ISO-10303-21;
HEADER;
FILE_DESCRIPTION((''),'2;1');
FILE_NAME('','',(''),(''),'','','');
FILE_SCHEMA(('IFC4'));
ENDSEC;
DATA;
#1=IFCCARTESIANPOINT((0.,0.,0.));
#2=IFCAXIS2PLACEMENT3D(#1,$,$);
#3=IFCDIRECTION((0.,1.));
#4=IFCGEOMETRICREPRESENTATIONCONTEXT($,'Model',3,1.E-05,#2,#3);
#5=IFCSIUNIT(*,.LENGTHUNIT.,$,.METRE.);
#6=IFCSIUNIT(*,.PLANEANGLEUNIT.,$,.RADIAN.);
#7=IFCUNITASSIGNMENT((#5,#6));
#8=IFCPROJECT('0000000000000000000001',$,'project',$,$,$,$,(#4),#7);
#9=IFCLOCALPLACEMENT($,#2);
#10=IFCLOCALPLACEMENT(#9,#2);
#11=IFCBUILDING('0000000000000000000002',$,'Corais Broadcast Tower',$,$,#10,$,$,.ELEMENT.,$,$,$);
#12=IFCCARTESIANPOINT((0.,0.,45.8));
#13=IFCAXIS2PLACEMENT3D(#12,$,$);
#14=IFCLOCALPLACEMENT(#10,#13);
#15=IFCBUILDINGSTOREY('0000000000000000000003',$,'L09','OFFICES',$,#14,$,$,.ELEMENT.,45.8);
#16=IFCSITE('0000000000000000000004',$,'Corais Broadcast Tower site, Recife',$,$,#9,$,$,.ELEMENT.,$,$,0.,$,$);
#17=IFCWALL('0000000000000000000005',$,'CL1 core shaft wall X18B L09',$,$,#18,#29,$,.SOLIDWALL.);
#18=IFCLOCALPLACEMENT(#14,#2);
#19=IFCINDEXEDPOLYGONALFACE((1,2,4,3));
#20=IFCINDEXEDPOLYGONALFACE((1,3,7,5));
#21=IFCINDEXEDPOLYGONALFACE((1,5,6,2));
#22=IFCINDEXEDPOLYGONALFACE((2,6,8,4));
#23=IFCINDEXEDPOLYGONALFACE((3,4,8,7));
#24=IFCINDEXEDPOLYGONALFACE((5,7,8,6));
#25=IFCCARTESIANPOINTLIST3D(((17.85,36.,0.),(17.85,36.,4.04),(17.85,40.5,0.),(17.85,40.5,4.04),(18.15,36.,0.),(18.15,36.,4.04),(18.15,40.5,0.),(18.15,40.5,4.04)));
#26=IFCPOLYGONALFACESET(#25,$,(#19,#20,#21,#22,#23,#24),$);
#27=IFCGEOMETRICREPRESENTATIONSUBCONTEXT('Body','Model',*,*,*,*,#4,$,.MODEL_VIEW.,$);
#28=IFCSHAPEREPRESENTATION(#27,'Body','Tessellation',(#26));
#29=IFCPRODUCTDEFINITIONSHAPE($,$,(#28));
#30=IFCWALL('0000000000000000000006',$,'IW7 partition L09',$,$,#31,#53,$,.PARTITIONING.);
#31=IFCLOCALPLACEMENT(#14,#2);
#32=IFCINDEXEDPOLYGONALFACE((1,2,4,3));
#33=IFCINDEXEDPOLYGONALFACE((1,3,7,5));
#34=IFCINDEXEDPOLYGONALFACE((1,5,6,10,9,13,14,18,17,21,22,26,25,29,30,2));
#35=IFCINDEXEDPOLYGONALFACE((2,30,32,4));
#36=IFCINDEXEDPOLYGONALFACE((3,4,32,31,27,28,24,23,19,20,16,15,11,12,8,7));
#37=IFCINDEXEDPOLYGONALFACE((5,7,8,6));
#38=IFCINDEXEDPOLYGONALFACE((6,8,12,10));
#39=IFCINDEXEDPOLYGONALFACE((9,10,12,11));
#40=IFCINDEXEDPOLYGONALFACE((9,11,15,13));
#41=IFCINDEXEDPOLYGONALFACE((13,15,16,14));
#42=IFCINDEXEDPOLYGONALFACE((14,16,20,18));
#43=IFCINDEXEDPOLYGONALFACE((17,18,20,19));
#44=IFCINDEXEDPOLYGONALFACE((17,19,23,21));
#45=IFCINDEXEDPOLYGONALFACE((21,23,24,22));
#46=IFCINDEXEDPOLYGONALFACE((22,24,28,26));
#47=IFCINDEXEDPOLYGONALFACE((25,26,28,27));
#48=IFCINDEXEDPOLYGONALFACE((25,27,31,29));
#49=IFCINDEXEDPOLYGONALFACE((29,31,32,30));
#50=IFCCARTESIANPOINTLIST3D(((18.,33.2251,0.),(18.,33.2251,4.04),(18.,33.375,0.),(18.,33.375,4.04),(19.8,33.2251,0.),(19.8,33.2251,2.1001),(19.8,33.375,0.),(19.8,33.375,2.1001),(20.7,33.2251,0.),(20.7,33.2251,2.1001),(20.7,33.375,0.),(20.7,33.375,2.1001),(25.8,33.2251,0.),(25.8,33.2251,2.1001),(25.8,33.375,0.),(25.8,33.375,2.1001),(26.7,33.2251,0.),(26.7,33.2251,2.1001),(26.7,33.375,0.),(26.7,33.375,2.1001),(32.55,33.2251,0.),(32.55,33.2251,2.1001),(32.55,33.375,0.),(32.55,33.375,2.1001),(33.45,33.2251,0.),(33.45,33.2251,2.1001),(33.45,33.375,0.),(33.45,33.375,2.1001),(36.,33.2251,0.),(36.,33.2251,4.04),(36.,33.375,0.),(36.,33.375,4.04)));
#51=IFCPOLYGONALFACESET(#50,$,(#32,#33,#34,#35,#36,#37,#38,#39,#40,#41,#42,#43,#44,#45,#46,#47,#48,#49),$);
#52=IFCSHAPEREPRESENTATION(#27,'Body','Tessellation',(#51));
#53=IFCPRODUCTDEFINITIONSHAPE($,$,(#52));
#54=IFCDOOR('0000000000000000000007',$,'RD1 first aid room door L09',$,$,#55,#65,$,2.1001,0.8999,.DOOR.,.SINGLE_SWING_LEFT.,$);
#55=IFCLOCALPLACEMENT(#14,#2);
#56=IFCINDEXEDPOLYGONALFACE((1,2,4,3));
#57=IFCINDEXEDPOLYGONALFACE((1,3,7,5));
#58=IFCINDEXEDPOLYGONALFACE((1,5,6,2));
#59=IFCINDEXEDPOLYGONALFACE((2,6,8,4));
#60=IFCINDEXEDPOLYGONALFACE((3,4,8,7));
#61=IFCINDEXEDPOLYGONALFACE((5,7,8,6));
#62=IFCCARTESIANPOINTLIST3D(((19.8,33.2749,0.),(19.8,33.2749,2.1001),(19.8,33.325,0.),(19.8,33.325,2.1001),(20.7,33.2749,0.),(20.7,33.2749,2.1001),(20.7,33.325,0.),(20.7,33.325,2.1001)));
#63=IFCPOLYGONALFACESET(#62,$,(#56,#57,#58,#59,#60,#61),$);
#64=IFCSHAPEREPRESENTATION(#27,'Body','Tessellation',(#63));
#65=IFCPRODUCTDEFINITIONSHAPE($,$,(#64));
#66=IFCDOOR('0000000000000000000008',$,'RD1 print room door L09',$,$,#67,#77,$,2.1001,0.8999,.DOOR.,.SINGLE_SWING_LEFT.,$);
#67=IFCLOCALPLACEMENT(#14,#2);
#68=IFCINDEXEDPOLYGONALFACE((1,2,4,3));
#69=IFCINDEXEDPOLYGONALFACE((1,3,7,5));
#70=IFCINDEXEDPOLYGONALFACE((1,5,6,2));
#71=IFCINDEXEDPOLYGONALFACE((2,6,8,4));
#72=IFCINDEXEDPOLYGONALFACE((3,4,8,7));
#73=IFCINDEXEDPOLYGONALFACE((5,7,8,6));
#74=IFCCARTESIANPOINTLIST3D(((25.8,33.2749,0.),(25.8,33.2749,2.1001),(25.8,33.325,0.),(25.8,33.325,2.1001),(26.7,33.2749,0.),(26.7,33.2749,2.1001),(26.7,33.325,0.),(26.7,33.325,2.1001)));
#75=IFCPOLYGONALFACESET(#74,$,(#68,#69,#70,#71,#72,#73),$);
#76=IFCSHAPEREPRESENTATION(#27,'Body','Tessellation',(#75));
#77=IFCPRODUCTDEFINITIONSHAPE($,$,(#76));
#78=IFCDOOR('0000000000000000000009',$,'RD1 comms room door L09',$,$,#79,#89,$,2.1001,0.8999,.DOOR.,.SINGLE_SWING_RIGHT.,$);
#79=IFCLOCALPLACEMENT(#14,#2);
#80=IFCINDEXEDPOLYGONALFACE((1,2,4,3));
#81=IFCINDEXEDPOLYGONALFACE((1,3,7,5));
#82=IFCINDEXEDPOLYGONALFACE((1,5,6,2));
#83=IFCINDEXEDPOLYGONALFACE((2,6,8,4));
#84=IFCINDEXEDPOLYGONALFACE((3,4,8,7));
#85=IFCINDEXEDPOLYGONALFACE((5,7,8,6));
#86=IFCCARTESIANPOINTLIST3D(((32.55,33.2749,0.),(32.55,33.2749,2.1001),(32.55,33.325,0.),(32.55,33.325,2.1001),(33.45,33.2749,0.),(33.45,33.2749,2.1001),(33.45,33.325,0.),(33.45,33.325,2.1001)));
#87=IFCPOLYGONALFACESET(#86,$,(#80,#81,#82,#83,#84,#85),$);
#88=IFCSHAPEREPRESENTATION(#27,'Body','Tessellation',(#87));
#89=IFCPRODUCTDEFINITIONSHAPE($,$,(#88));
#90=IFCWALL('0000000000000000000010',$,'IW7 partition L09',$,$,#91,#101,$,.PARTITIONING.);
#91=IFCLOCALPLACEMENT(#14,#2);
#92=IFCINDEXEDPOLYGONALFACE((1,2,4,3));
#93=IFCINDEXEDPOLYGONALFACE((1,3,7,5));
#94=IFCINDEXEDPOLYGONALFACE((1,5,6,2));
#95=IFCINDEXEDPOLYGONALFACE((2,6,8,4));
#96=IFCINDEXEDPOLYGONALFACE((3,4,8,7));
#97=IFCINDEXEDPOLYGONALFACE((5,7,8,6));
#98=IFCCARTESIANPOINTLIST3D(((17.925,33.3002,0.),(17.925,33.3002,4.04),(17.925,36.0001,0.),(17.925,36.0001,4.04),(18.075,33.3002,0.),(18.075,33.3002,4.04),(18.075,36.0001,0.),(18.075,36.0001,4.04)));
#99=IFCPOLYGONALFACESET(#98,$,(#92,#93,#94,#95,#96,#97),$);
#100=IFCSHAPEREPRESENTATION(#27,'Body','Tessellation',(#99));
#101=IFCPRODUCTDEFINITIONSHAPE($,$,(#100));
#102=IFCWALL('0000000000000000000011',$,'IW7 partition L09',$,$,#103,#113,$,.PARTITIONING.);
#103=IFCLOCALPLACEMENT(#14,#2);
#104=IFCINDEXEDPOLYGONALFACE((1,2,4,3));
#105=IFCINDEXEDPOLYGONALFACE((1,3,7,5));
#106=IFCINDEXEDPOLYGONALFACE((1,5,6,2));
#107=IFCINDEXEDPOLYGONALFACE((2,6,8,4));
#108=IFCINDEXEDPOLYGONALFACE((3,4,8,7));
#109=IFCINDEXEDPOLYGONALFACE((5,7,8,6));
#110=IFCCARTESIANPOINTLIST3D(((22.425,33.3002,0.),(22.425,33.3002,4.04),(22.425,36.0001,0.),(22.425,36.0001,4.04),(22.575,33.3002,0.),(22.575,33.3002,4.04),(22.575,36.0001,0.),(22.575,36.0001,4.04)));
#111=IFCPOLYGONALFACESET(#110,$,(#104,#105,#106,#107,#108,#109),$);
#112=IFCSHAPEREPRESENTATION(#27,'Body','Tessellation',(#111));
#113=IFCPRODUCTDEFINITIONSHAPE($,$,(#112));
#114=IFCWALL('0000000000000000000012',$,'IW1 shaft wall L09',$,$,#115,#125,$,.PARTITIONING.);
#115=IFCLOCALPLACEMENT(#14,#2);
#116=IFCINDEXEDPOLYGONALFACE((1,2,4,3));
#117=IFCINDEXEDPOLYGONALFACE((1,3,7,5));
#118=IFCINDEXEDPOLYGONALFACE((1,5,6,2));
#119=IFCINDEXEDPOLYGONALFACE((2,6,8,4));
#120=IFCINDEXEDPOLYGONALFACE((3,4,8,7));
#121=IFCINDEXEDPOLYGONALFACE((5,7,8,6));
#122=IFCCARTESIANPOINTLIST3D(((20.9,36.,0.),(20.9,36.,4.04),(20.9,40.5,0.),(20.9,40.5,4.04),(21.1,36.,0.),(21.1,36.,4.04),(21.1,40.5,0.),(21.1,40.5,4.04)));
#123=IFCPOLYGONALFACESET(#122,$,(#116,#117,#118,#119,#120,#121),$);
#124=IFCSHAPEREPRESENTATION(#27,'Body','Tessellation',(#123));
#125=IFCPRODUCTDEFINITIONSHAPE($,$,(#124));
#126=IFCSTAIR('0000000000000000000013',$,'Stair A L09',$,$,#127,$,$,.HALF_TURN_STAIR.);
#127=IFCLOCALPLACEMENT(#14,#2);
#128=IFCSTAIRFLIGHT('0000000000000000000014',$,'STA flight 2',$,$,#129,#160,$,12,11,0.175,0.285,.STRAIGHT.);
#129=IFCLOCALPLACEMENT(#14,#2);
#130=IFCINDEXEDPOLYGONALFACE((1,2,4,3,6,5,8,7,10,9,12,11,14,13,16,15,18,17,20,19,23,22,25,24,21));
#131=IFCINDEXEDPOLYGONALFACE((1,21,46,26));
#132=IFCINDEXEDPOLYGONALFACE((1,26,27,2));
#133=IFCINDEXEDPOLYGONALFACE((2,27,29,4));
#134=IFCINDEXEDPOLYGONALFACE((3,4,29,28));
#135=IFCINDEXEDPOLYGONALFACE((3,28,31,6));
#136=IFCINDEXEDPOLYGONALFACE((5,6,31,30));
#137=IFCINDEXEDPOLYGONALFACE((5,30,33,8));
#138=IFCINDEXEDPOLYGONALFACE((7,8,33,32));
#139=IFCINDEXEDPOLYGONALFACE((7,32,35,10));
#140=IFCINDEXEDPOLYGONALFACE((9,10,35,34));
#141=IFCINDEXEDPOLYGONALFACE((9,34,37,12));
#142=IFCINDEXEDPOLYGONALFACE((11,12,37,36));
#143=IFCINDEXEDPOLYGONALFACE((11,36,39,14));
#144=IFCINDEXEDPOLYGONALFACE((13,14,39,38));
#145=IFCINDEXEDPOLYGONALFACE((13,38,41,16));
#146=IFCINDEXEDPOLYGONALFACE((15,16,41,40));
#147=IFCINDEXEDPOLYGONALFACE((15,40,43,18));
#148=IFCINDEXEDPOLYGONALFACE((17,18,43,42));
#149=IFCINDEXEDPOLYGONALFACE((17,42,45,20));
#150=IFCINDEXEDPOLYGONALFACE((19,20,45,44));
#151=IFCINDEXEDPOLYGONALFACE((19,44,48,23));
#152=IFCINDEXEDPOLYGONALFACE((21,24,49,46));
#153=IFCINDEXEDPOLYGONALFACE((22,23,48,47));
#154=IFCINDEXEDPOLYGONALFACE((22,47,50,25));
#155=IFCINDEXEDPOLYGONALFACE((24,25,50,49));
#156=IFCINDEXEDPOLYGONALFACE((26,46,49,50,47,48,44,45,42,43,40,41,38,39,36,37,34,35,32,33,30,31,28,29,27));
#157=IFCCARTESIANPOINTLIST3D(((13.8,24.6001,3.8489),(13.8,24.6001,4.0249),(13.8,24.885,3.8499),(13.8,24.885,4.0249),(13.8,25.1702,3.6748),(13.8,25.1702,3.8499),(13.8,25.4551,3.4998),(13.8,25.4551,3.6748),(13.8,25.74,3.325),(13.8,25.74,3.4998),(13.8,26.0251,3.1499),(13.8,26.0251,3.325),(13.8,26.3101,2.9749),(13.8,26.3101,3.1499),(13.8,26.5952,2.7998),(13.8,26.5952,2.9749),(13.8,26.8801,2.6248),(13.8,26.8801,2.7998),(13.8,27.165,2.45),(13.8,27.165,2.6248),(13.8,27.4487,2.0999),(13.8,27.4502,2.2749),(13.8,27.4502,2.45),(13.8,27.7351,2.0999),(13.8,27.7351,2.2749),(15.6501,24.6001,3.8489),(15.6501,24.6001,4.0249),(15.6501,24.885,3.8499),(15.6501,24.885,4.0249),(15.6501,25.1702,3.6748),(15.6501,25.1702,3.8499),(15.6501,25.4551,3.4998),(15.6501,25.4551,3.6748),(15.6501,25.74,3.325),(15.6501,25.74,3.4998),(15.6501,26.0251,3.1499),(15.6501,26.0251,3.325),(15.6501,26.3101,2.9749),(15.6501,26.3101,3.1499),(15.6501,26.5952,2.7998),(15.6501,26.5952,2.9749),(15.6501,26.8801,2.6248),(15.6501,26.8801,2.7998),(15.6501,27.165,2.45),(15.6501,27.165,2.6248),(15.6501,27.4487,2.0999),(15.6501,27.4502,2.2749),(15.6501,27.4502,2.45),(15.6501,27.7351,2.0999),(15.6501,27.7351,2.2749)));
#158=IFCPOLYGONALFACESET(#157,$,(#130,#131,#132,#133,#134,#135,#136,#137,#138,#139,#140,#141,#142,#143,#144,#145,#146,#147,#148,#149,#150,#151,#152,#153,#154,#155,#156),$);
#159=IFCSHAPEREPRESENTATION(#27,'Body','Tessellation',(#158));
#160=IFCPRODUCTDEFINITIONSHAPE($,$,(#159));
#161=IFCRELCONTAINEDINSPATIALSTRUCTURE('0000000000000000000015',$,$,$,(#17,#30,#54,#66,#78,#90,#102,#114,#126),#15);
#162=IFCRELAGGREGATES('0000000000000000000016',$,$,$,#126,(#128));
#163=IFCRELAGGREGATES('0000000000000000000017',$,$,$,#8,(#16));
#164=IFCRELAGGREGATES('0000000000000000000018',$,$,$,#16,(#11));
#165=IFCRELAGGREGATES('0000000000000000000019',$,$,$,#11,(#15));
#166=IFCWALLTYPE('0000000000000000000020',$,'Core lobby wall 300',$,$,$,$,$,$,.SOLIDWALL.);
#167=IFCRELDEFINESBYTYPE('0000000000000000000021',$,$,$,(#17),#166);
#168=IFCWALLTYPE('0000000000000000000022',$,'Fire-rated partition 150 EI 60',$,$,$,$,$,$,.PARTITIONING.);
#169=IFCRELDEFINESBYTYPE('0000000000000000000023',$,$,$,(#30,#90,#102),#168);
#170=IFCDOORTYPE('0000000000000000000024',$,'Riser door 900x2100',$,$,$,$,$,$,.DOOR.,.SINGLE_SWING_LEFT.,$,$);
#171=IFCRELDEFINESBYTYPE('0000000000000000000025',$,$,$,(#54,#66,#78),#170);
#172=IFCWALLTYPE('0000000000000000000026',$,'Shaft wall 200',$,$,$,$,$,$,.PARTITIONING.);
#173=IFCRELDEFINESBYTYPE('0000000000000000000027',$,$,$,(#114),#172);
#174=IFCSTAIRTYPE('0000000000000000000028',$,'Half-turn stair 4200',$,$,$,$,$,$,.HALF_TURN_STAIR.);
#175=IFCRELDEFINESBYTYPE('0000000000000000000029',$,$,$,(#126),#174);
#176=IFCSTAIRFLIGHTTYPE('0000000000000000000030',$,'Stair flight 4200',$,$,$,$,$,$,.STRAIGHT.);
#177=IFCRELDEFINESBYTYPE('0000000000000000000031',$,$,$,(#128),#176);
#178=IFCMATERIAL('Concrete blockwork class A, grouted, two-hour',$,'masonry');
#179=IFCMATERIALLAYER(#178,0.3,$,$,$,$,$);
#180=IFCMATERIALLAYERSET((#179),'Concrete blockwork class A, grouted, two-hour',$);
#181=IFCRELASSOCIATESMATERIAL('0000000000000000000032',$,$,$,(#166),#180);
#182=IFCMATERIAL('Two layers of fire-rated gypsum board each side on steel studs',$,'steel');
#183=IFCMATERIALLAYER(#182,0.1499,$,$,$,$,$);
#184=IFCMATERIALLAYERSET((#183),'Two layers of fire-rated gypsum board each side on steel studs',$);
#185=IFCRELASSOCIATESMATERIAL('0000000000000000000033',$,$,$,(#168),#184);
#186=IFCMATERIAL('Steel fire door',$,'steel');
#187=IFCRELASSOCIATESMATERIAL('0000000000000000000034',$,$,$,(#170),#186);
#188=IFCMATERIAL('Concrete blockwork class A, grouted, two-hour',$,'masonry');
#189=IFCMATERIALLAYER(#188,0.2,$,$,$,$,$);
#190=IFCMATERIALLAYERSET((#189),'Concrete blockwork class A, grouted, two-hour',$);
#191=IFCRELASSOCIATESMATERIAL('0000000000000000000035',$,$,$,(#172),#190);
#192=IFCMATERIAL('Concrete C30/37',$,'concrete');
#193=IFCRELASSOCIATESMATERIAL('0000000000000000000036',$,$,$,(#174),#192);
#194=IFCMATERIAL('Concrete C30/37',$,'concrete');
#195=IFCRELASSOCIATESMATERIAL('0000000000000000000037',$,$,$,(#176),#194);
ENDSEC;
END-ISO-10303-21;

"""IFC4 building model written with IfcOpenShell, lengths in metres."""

from ifc_helpers import new_model, si_unit, direction, frame, frame_2d, origin, place, context, subcontext, project, spatial, polyline, rectangle, outline, extrude, material, layer, layer_set, type_object, element, fill, aggregate, save


model = new_model("IFC4")

# Units and contexts
model_context = context("Model", 3, precision=1e-05, world=origin(), true_north=direction((0.0, 1.0)))
body_context = subcontext(model_context, "Body", "Model", "MODEL_VIEW")
ifc_project = project(units=[si_unit("LENGTHUNIT", "METRE"), si_unit("PLANEANGLEUNIT", "RADIAN")], contexts=[model_context])

# Site, building, storey
site_placement = place(None, origin())
site = spatial("IfcSite", under=ifc_project, at=site_placement, Name="Corais Broadcast Tower site, Recife", CompositionType="ELEMENT", RefElevation=0.0)
building_placement = place(site_placement, origin())
building = spatial("IfcBuilding", under=site, at=building_placement, Name="Corais Broadcast Tower", CompositionType="ELEMENT")
storey_placement = place(building_placement, frame((0.0, 0.0, 45.8)))
storey = spatial("IfcBuildingStorey", under=building, at=storey_placement, Name="L09", Description="OFFICES", CompositionType="ELEMENT", Elevation=45.8)

# Wall
ifc_material_1 = material(Name="Concrete blockwork class A, grouted, two-hour", Category="masonry")
ifc_layer_1 = layer(ifc_material_1, 0.3)
ifc_layer_set_1 = layer_set([ifc_layer_1], Name="Concrete blockwork class A, grouted, two-hour")
wall_type_1 = type_object("IfcWallType", Name="Core lobby wall 300", PredefinedType="SOLIDWALL", material=ifc_layer_set_1)
wall_1_placement = place(storey_placement, frame((18.0, 36.0, 0.0), z_axis=(0.0, 0.0, 1.0), x_axis=(0.0, 1.0, 0.0)))
element("IfcWall", 1, at=wall_1_placement, inside=storey, type_object=wall_type_1, Name="CL1 core shaft wall X18B L09", PredefinedType="SOLIDWALL", context=body_context, shape_type="SweptSolid", body=[
    extrude(rectangle(XDim=4.5, YDim=0.3, at=frame_2d((2.25, 0.0))), origin(), (0.0, 0.0, 1.0), 4.04),
])

# Wall, openings, doors
ifc_material_2 = material(Name="Two layers of fire-rated gypsum board each side on steel studs", Category="steel")
ifc_layer_2 = layer(ifc_material_2, 0.1499)
ifc_layer_set_2 = layer_set([ifc_layer_2], Name="Two layers of fire-rated gypsum board each side on steel studs")
wall_type_2 = type_object("IfcWallType", Name="Fire-rated partition 150 EI 60", PredefinedType="PARTITIONING", material=ifc_layer_set_2)
wall_2_placement = place(storey_placement, frame((18.0, 33.3, 0.0), z_axis=(0.0, 0.0, 1.0), x_axis=(1.0, 0.0, 0.0)))
wall_2 = element("IfcWall", 2, at=wall_2_placement, inside=storey, type_object=wall_type_2, Name="IW7 partition L09", PredefinedType="PARTITIONING", context=body_context, shape_type="SweptSolid", body=[
    extrude(rectangle(XDim=18.0, YDim=0.1499, at=frame_2d((9.0, 0.0))), origin(), (0.0, 0.0, 1.0), 4.04),
])
opening_1_placement = place(wall_2_placement, frame((1.8, 0.0, 0.0)))
opening_1 = element("IfcOpeningElement", 3, at=opening_1_placement, cuts=wall_2, PredefinedType="OPENING", context=body_context, shape_type="SweptSolid", body=[
    extrude(rectangle(XDim=0.8999, YDim=2.1001, at=frame_2d((0.45, 1.05))), frame((0.0, 0.085, 0.0), z_axis=(0.0, -1.0, 0.0), x_axis=(1.0, 0.0, 0.0)), (0.0, 0.0, 1.0), 0.1699),
])
opening_2_placement = place(wall_2_placement, frame((7.8, 0.0, 0.0)))
opening_2 = element("IfcOpeningElement", 4, at=opening_2_placement, cuts=wall_2, PredefinedType="OPENING", context=body_context, shape_type="SweptSolid", body=[
    extrude(rectangle(XDim=0.8999, YDim=2.1001, at=frame_2d((0.45, 1.05))), frame((0.0, 0.085, 0.0), z_axis=(0.0, -1.0, 0.0), x_axis=(1.0, 0.0, 0.0)), (0.0, 0.0, 1.0), 0.1699),
])
opening_3_placement = place(wall_2_placement, frame((14.55, 0.0, 0.0)))
opening_3 = element("IfcOpeningElement", 5, at=opening_3_placement, cuts=wall_2, PredefinedType="OPENING", context=body_context, shape_type="SweptSolid", body=[
    extrude(rectangle(XDim=0.8999, YDim=2.1001, at=frame_2d((0.45, 1.05))), frame((0.0, 0.085, 0.0), z_axis=(0.0, -1.0, 0.0), x_axis=(1.0, 0.0, 0.0)), (0.0, 0.0, 1.0), 0.1699),
])
ifc_material_3 = material(Name="Steel fire door", Category="steel")
door_type = type_object("IfcDoorType", Name="Riser door 900x2100", OperationType="SINGLE_SWING_LEFT", PredefinedType="DOOR", material=ifc_material_3)
door_1_placement = place(opening_1_placement, origin())
door_1 = element("IfcDoor", 6, at=door_1_placement, inside=storey, type_object=door_type, Name="RD1 first aid room door L09", OperationType="SINGLE_SWING_LEFT", OverallHeight=2.1001, OverallWidth=0.8999, PredefinedType="DOOR", context=body_context, shape_type="SweptSolid", body=[
    extrude(rectangle(XDim=0.8999, YDim=2.1001, at=frame_2d((0.45, 1.05))), frame((0.0, 0.0249, 0.0), z_axis=(0.0, -1.0, 0.0), x_axis=(1.0, 0.0, 0.0)), (0.0, 0.0, 1.0), 0.05),
])
fill(opening_1, door_1)
door_2_placement = place(opening_2_placement, origin())
door_2 = element("IfcDoor", 7, at=door_2_placement, inside=storey, type_object=door_type, Name="RD1 print room door L09", OperationType="SINGLE_SWING_LEFT", OverallHeight=2.1001, OverallWidth=0.8999, PredefinedType="DOOR", context=body_context, shape_type="SweptSolid", body=[
    extrude(rectangle(XDim=0.8999, YDim=2.1001, at=frame_2d((0.45, 1.05))), frame((0.0, 0.0249, 0.0), z_axis=(0.0, -1.0, 0.0), x_axis=(1.0, 0.0, 0.0)), (0.0, 0.0, 1.0), 0.05),
])
fill(opening_2, door_2)
door_3_placement = place(opening_3_placement, origin())
door_3 = element("IfcDoor", 8, at=door_3_placement, inside=storey, type_object=door_type, Name="RD1 comms room door L09", OperationType="SINGLE_SWING_RIGHT", OverallHeight=2.1001, OverallWidth=0.8999, PredefinedType="DOOR", context=body_context, shape_type="SweptSolid", body=[
    extrude(rectangle(XDim=0.8999, YDim=2.1001, at=frame_2d((0.45, 1.05))), frame((0.0, 0.0249, 0.0), z_axis=(0.0, -1.0, 0.0), x_axis=(1.0, 0.0, 0.0)), (0.0, 0.0, 1.0), 0.05),
])
fill(opening_3, door_3)

# Walls
for number, where, z_axis, x_axis, name in (
    (9, (18.0, 33.3, 0.0), (0.0, 0.0, 1.0), (0.0, 1.0, 0.0), "IW7 partition L09"),
    (10, (22.5, 33.3, 0.0), (0.0, 0.0, 1.0), (0.0, 1.0, 0.0), "IW7 partition L09"),
):
    element("IfcWall", number, at=place(storey_placement, frame(where, z_axis=z_axis, x_axis=x_axis)), inside=storey, type_object=wall_type_2, Name=name, PredefinedType="PARTITIONING", context=body_context, shape_type="SweptSolid", body=[
        extrude(rectangle(XDim=2.7, YDim=0.1499, at=frame_2d((1.3501, 0.0))), origin(), (0.0, 0.0, 1.0), 4.04),
    ])
ifc_material_4 = material(Name="Concrete blockwork class A, grouted, two-hour", Category="masonry")
ifc_layer_3 = layer(ifc_material_4, 0.2)
ifc_layer_set_3 = layer_set([ifc_layer_3], Name="Concrete blockwork class A, grouted, two-hour")
wall_type_3 = type_object("IfcWallType", Name="Shaft wall 200", PredefinedType="PARTITIONING", material=ifc_layer_set_3)
wall_3_placement = place(storey_placement, frame((21.0, 36.0, 0.0), z_axis=(0.0, 0.0, 1.0), x_axis=(0.0, 1.0, 0.0)))
element("IfcWall", 11, at=wall_3_placement, inside=storey, type_object=wall_type_3, Name="IW1 shaft wall L09", PredefinedType="PARTITIONING", context=body_context, shape_type="SweptSolid", body=[
    extrude(rectangle(XDim=4.5, YDim=0.2, at=frame_2d((2.25, 0.0))), origin(), (0.0, 0.0, 1.0), 4.04),
])

# Stair, stair flight
ifc_material_5 = material(Name="Concrete C30/37", Category="concrete")
stair_type = type_object("IfcStairType", Name="Half-turn stair 4200", PredefinedType="HALF_TURN_STAIR", material=ifc_material_5)
stair_placement = place(storey_placement, origin())
stair = element("IfcStair", 12, at=stair_placement, inside=storey, type_object=stair_type, Name="Stair A L09", PredefinedType="HALF_TURN_STAIR")
ifc_material_6 = material(Name="Concrete C30/37", Category="concrete")
stair_flight_type = type_object("IfcStairFlightType", Name="Stair flight 4200", PredefinedType="STRAIGHT", material=ifc_material_6)
stair_flight_placement = place(storey_placement, frame((14.7251, 27.7351, 2.0999), z_axis=(0.0, 0.0, 1.0), x_axis=(0.0, -1.0, 0.0)))
stair_flight = element("IfcStairFlight", 13, at=stair_flight_placement, type_object=stair_flight_type, Name="STA flight 2", NumberOfRisers=12, NumberOfTreads=11, PredefinedType="STRAIGHT", RiserHeight=0.175, TreadLength=0.285, context=body_context, shape_type="SweptSolid", body=[
    extrude(outline(polyline([(0.0, 0.0), (0.0, 0.175), (0.2849, 0.175), (0.2849, 0.3501), (0.5701, 0.3501), (0.5701, 0.5249), (0.855, 0.5249), (0.855, 0.7), (1.1399, 0.7), (1.1399, 0.875), (1.425, 0.875), (1.425, 1.05), (1.71, 1.05), (1.71, 1.2251), (1.9951, 1.2251), (1.9951, 1.3999), (2.28, 1.3999), (2.28, 1.575), (2.5649, 1.575), (2.5649, 1.75), (2.8501, 1.75), (2.8501, 1.925), (3.135, 1.925), (3.135, 2.1001), (3.135, 1.749), (0.2864, 0.0), (0.0, 0.0)])), frame((0.0, 0.925, 0.0), z_axis=(0.0, -1.0, 0.0), x_axis=(1.0, 0.0, 0.0)), (0.0, 0.0, 1.0), 1.8501),
])
aggregate(stair, [stair_flight])

save(model, "model.ifc")
